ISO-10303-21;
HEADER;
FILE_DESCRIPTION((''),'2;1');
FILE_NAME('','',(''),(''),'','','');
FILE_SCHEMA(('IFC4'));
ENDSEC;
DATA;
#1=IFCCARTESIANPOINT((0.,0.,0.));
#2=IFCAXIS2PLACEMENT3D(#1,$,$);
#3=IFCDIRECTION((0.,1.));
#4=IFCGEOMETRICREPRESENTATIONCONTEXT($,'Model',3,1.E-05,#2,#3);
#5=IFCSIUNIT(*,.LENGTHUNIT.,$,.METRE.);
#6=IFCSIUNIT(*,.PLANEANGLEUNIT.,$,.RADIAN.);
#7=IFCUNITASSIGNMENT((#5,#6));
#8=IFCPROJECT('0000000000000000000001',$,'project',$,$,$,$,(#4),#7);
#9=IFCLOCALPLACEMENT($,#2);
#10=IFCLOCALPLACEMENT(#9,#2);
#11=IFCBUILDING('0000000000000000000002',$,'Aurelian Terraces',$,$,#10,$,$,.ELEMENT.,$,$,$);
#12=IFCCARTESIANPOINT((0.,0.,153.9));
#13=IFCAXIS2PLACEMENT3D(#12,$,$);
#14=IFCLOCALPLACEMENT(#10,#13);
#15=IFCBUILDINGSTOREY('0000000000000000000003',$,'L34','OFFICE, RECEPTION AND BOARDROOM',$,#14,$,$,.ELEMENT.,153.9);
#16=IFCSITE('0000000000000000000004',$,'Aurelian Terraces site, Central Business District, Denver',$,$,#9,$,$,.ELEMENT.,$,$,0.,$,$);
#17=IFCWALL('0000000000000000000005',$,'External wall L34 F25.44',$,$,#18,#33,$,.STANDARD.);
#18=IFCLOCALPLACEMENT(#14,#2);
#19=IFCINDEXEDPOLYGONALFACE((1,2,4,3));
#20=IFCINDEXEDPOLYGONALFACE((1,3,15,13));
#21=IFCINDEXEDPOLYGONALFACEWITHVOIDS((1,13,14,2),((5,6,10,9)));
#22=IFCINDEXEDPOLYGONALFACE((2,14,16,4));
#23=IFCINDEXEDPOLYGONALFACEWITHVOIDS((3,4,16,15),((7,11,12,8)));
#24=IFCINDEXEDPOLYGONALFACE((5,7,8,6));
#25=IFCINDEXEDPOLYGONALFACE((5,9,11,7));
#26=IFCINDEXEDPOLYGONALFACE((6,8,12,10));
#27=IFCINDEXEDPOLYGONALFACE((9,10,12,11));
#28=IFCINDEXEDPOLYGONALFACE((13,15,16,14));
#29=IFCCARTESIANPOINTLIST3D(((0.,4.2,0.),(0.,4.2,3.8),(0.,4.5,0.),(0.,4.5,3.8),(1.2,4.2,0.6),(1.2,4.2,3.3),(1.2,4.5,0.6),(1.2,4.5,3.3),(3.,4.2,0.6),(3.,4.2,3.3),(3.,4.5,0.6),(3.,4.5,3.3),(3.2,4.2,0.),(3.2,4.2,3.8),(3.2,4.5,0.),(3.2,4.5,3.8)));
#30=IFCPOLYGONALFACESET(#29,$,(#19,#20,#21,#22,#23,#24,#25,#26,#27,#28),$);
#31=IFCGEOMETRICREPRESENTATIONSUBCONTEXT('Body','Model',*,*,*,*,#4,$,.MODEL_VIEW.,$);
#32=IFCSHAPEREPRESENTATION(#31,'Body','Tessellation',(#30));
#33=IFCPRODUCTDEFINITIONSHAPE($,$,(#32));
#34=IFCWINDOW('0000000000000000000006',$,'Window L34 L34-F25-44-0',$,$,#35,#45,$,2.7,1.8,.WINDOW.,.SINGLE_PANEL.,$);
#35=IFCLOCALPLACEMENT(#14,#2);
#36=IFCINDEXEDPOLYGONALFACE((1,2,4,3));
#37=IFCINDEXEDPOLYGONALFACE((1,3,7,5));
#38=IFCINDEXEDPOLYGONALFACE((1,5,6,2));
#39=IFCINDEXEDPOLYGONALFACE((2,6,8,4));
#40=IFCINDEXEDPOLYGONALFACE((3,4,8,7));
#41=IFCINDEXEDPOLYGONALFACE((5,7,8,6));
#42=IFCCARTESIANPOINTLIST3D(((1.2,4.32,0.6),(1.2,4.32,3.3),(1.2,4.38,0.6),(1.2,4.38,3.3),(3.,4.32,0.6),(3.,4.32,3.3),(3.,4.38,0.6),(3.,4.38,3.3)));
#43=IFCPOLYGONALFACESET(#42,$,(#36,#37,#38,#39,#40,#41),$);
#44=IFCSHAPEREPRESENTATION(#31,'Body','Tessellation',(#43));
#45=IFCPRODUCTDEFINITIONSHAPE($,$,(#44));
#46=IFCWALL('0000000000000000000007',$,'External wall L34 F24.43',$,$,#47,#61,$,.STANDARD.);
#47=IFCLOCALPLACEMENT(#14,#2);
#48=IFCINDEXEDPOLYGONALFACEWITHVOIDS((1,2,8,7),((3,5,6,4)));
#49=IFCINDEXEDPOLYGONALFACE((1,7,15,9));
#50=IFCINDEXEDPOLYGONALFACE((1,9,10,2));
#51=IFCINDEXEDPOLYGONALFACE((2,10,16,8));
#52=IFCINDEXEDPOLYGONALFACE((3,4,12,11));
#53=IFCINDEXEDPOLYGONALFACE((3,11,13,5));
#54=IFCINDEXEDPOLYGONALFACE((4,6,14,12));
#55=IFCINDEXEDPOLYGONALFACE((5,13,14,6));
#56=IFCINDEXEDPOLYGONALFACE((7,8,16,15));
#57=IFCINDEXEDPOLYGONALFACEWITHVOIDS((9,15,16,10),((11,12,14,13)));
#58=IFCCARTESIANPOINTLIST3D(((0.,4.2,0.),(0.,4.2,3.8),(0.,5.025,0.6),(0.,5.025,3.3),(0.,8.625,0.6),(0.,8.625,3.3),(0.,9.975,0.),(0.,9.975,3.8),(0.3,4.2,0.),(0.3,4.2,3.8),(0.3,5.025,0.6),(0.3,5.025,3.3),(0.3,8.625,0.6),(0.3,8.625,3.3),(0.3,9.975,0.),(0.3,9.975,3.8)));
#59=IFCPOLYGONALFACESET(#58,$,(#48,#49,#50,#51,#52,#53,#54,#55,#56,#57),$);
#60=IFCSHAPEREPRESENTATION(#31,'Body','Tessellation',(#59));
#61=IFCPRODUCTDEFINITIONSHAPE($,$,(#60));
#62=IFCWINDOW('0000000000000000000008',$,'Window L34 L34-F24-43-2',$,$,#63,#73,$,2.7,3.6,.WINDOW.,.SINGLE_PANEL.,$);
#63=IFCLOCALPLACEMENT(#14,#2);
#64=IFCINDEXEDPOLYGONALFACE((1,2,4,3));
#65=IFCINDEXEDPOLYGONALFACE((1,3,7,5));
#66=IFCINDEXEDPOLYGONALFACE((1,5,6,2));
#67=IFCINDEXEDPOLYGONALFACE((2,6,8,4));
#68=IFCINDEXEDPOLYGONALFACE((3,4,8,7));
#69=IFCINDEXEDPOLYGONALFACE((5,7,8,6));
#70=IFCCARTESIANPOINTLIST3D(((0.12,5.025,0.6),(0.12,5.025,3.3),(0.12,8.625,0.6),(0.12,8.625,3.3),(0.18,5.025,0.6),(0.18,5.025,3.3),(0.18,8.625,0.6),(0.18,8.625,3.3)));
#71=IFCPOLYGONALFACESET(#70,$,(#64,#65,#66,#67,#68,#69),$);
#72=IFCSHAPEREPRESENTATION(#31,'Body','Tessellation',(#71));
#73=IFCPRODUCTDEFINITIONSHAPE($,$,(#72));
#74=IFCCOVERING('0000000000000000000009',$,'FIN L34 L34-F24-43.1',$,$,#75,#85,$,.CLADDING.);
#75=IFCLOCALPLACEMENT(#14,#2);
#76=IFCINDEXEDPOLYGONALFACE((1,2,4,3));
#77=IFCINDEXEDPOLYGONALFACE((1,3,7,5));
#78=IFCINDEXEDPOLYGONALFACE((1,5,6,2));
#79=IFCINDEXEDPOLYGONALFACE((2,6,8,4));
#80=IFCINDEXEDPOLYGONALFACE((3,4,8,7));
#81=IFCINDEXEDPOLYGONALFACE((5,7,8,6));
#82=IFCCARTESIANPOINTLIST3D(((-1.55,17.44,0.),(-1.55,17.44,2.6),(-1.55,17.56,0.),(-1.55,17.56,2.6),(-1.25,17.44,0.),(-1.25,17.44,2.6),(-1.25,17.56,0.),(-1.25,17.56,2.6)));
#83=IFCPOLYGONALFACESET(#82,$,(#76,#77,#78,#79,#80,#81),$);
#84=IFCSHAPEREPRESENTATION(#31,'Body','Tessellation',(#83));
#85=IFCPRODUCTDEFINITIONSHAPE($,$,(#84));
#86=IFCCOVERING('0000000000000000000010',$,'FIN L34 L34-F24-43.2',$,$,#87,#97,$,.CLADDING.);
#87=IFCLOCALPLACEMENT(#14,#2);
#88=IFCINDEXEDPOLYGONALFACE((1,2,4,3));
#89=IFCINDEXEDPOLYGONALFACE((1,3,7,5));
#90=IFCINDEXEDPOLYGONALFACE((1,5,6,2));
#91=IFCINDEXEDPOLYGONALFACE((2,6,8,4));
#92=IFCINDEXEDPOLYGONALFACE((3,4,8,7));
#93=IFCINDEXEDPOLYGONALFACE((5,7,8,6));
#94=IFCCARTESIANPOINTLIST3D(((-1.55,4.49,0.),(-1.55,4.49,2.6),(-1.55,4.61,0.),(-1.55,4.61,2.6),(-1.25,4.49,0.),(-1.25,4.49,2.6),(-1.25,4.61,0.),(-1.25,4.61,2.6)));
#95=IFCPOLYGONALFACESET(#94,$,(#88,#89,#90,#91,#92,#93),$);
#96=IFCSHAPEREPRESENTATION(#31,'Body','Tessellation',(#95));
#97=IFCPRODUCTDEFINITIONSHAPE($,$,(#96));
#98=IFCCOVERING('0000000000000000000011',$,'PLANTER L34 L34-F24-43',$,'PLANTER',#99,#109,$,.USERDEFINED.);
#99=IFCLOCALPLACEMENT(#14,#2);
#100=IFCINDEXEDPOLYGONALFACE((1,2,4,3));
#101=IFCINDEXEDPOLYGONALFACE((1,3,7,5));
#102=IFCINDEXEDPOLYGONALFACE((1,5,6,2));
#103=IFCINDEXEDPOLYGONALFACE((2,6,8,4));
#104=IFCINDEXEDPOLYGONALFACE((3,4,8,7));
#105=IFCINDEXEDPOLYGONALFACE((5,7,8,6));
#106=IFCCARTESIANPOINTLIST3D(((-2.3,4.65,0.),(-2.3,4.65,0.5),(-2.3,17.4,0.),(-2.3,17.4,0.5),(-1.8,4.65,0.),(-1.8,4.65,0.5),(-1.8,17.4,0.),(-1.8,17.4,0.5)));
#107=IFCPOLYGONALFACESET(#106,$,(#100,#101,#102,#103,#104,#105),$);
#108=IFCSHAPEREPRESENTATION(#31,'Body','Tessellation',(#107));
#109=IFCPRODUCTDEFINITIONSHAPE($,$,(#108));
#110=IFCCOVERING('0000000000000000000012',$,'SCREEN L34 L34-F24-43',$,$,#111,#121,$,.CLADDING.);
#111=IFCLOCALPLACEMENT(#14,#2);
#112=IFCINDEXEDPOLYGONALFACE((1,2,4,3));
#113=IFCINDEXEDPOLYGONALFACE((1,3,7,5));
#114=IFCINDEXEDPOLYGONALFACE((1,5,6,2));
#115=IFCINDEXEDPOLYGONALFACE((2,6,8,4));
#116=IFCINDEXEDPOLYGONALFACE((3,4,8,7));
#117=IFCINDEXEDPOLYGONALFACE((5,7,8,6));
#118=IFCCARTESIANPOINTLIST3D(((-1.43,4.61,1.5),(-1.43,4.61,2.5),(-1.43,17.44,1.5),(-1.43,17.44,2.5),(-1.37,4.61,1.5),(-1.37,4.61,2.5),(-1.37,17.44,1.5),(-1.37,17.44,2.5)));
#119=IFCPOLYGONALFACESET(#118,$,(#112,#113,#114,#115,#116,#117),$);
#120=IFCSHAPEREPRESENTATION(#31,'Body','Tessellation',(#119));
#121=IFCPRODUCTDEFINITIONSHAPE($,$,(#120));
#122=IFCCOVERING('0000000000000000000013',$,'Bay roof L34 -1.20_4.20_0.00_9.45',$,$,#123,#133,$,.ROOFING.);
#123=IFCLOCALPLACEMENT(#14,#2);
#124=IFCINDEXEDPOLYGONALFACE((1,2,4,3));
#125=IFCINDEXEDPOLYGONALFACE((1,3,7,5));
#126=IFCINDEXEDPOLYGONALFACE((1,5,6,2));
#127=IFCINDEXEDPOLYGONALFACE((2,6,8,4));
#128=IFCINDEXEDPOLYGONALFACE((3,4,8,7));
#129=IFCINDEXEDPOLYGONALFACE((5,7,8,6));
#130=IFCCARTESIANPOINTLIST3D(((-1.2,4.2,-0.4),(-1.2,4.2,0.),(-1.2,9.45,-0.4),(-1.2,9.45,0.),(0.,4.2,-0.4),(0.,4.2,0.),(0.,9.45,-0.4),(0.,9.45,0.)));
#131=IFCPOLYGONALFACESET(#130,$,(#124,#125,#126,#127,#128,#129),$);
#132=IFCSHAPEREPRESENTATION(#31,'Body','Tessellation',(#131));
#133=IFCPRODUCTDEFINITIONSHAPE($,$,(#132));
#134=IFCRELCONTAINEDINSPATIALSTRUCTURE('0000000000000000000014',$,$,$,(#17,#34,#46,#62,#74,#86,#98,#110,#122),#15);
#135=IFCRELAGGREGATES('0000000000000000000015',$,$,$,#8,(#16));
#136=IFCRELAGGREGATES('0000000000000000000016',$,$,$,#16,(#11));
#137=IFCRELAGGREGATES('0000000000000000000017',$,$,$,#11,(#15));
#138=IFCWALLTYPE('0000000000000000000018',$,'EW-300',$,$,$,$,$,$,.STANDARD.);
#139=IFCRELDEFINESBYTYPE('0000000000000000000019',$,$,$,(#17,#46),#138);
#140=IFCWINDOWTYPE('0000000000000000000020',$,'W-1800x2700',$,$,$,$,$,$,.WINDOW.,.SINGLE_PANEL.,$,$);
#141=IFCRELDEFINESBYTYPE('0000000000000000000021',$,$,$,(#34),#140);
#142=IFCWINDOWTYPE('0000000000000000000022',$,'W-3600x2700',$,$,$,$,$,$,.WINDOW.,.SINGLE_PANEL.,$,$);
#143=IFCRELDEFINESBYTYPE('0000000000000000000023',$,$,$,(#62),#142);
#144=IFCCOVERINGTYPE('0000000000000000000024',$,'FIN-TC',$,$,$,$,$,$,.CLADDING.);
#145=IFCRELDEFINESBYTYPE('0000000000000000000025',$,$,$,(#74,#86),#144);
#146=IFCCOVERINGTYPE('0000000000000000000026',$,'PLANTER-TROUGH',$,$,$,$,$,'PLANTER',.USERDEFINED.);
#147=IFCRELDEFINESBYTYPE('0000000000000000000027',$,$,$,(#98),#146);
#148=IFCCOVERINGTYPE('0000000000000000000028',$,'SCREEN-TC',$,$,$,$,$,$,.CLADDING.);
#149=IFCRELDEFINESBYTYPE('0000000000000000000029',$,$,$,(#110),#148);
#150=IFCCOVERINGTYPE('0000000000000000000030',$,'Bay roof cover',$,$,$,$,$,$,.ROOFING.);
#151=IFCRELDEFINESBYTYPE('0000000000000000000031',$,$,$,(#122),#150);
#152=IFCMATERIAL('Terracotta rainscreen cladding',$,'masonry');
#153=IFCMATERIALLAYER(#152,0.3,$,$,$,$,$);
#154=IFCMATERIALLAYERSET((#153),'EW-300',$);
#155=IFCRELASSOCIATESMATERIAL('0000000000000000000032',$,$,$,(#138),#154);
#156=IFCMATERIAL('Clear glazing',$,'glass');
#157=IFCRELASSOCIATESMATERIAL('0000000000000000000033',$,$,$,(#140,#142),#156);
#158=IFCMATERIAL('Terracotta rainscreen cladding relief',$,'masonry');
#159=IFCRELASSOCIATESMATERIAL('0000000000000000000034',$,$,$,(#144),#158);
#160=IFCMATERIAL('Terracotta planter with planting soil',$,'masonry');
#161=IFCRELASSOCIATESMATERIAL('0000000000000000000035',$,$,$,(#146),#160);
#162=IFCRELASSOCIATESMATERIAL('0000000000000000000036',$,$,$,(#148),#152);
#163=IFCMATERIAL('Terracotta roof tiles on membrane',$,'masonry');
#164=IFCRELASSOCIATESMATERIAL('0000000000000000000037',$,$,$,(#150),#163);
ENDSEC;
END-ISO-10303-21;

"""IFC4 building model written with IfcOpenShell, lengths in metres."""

from ifc_helpers import new_model, si_unit, direction, frame, frame_2d, origin, origin_2d, place, context, subcontext, project, spatial, polyline, rectangle, outline, extrude, source, transform, mapped, material, layer, layer_set, type_object, element, fill, save


model = new_model("IFC4")

# Units and contexts
model_context = context("Model", 3, precision=1e-05, world=origin(), true_north=direction((0.0, 1.0)))
body_context = subcontext(model_context, "Body", "Model", "MODEL_VIEW")
ifc_project = project(units=[si_unit("LENGTHUNIT", "METRE"), si_unit("PLANEANGLEUNIT", "RADIAN")], contexts=[model_context])

# Site, building, storey
site_placement = place(None, origin())
site = spatial("IfcSite", under=ifc_project, at=site_placement, Name="Aurelian Terraces site, Central Business District, Denver", CompositionType="ELEMENT", RefElevation=0.0)
building_placement = place(site_placement, origin())
building = spatial("IfcBuilding", under=site, at=building_placement, Name="Aurelian Terraces", CompositionType="ELEMENT")
storey_placement = place(building_placement, frame((0.0, 0.0, 153.9)))
storey = spatial("IfcBuildingStorey", under=building, at=storey_placement, Name="L34", Description="OFFICE, RECEPTION AND BOARDROOM", CompositionType="ELEMENT", Elevation=153.9)

# Walls, openings, windows
ifc_material_1 = material(Name="Terracotta rainscreen cladding", Category="masonry")
ifc_layer_1 = layer(ifc_material_1, 0.3)
ifc_layer_set_1 = layer_set([ifc_layer_1], Name="EW-300")
wall_type_1 = type_object("IfcWallType", Name="EW-300", PredefinedType="STANDARD", material=ifc_layer_set_1)
shared_shape_1 = source(origin(), body_context, "Body", "SweptSolid", [
    extrude(rectangle(XDim=3.2, YDim=0.3, at=frame_2d((1.6, 0.0))), origin(), (0.0, 0.0, 1.0), 3.8),
])
wall_1_placement = place(storey_placement, frame((0.0, 4.35, 0.0), z_axis=(0.0, 0.0, 1.0), x_axis=(1.0, 0.0, 0.0)))
wall_1 = element("IfcWall", 1, at=wall_1_placement, inside=storey, type_object=wall_type_1, Name="External wall L34 F25.44", PredefinedType="STANDARD", context=body_context, shape_type="MappedRepresentation", body=[
    mapped(shared_shape_1, transform((0.0, 0.0, 0.0), scale=1.0)),
])
shared_shape_2 = source(origin(), body_context, "Body", "SweptSolid", [
    extrude(rectangle(XDim=1.8, YDim=2.7, at=frame_2d((0.9, 1.35))), frame((0.0, 0.16, 0.0), z_axis=(0.0, -1.0, 0.0), x_axis=(1.0, 0.0, 0.0)), (0.0, 0.0, 1.0), 0.32),
])
opening_1_placement = place(wall_1_placement, frame((1.2, 0.0, 0.6)))
opening_1 = element("IfcOpeningElement", 2, at=opening_1_placement, cuts=wall_1, PredefinedType="OPENING", context=body_context, shape_type="MappedRepresentation", body=[
    mapped(shared_shape_2, transform((0.0, 0.0, 0.0), scale=1.0)),
])
ifc_material_2 = material(Name="Clear glazing", Category="glass")
window_type_1 = type_object("IfcWindowType", Name="W-1800x2700", PartitioningType="SINGLE_PANEL", PredefinedType="WINDOW", material=ifc_material_2)
shared_shape_3 = source(origin(), body_context, "Body", "SweptSolid", [
    extrude(rectangle(XDim=1.8, YDim=2.7, at=frame_2d((0.9, 1.35))), frame((0.0, 0.03, 0.0), z_axis=(0.0, -1.0, 0.0), x_axis=(1.0, 0.0, 0.0)), (0.0, 0.0, 1.0), 0.06),
])
window_1_placement = place(opening_1_placement, origin())
window_1 = element("IfcWindow", 3, at=window_1_placement, inside=storey, type_object=window_type_1, Name="Window L34 L34-F25-44-0", OverallHeight=2.7, OverallWidth=1.8, PartitioningType="SINGLE_PANEL", PredefinedType="WINDOW", context=body_context, shape_type="MappedRepresentation", body=[
    mapped(shared_shape_3, transform((0.0, 0.0, 0.0), scale=1.0)),
])
fill(opening_1, window_1)
shared_shape_4 = source(origin(), body_context, "Body", "SweptSolid", [
    extrude(rectangle(XDim=5.775, YDim=0.3, at=frame_2d((2.8875, 0.0))), origin(), (0.0, 0.0, 1.0), 3.8),
])
wall_2_placement = place(storey_placement, frame((0.15, 9.975, 0.0), z_axis=(0.0, 0.0, 1.0), x_axis=(0.0, -1.0, 0.0)))
wall_2 = element("IfcWall", 4, at=wall_2_placement, inside=storey, type_object=wall_type_1, Name="External wall L34 F24.43", PredefinedType="STANDARD", context=body_context, shape_type="MappedRepresentation", body=[
    mapped(shared_shape_4, transform((0.0, 0.0, 0.0), scale=1.0)),
])
shared_shape_5 = source(origin(), body_context, "Body", "SweptSolid", [
    extrude(rectangle(XDim=3.6, YDim=2.7, at=frame_2d((1.8, 1.35))), frame((0.0, 0.16, 0.0), z_axis=(0.0, -1.0, 0.0), x_axis=(1.0, 0.0, 0.0)), (0.0, 0.0, 1.0), 0.32),
])
opening_2_placement = place(wall_2_placement, frame((1.35, 0.0, 0.6)))
opening_2 = element("IfcOpeningElement", 5, at=opening_2_placement, cuts=wall_2, PredefinedType="OPENING", context=body_context, shape_type="MappedRepresentation", body=[
    mapped(shared_shape_5, transform((0.0, 0.0, 0.0), scale=1.0)),
])
window_type_2 = type_object("IfcWindowType", Name="W-3600x2700", PartitioningType="SINGLE_PANEL", PredefinedType="WINDOW", material=ifc_material_2)
shared_shape_6 = source(origin(), body_context, "Body", "SweptSolid", [
    extrude(rectangle(XDim=3.6, YDim=2.7, at=frame_2d((1.8, 1.35))), frame((0.0, 0.03, 0.0), z_axis=(0.0, -1.0, 0.0), x_axis=(1.0, 0.0, 0.0)), (0.0, 0.0, 1.0), 0.06),
])
window_2_placement = place(opening_2_placement, origin())
window_2 = element("IfcWindow", 6, at=window_2_placement, inside=storey, type_object=window_type_2, Name="Window L34 L34-F24-43-2", OverallHeight=2.7, OverallWidth=3.6, PartitioningType="SINGLE_PANEL", PredefinedType="WINDOW", context=body_context, shape_type="MappedRepresentation", body=[
    mapped(shared_shape_6, transform((0.0, 0.0, 0.0), scale=1.0)),
])
fill(opening_2, window_2)

# Coverings
ifc_material_3 = material(Name="Terracotta rainscreen cladding relief", Category="masonry")
covering_type_1 = type_object("IfcCoveringType", Name="FIN-TC", PredefinedType="CLADDING", material=ifc_material_3)
shared_shape_7 = source(origin(), body_context, "Body", "SweptSolid", [
    extrude(rectangle(XDim=0.3, YDim=0.12, at=origin_2d()), origin(), (0.0, 0.0, 1.0), 2.6),
])
for number, where, z_axis, x_axis, name in (
    (7, (-1.4, 17.5, 0.0), (0.0, 0.0, 1.0), (1.0, 0.0, 0.0), "FIN L34 L34-F24-43.1"),
    (8, (-1.4, 4.55, 0.0), (0.0, 0.0, 1.0), (1.0, 0.0, 0.0), "FIN L34 L34-F24-43.2"),
):
    element("IfcCovering", number, at=place(storey_placement, frame(where, z_axis=z_axis, x_axis=x_axis)), inside=storey, type_object=covering_type_1, Name=name, PredefinedType="CLADDING", context=body_context, shape_type="MappedRepresentation", body=[
        mapped(shared_shape_7, transform((0.0, 0.0, 0.0), scale=1.0)),
    ])

# Coverings
ifc_material_4 = material(Name="Terracotta planter with planting soil", Category="masonry")
covering_type_2 = type_object("IfcCoveringType", Name="PLANTER-TROUGH", ElementType="PLANTER", PredefinedType="USERDEFINED", material=ifc_material_4)
shared_shape_8 = source(origin(), body_context, "Body", "SweptSolid", [
    extrude(rectangle(XDim=0.5, YDim=12.75, at=origin_2d()), origin(), (0.0, 0.0, 1.0), 0.5),
])
covering_1_placement = place(storey_placement, frame((-2.05, 11.025, 0.0), z_axis=(0.0, 0.0, 1.0), x_axis=(1.0, 0.0, 0.0)))
element("IfcCovering", 9, at=covering_1_placement, inside=storey, type_object=covering_type_2, Name="PLANTER L34 L34-F24-43", ObjectType="PLANTER", PredefinedType="USERDEFINED", context=body_context, shape_type="MappedRepresentation", body=[
    mapped(shared_shape_8, transform((0.0, 0.0, 0.0), scale=1.0)),
])
covering_type_3 = type_object("IfcCoveringType", Name="SCREEN-TC", PredefinedType="CLADDING", material=ifc_material_1)
shared_shape_9 = source(origin(), body_context, "Body", "SweptSolid", [
    extrude(rectangle(XDim=0.06, YDim=12.83, at=origin_2d()), origin(), (0.0, 0.0, 1.0), 1.0),
])
covering_2_placement = place(storey_placement, frame((-1.4, 11.025, 1.5), z_axis=(0.0, 0.0, 1.0), x_axis=(1.0, 0.0, 0.0)))
element("IfcCovering", 10, at=covering_2_placement, inside=storey, type_object=covering_type_3, Name="SCREEN L34 L34-F24-43", PredefinedType="CLADDING", context=body_context, shape_type="MappedRepresentation", body=[
    mapped(shared_shape_9, transform((0.0, 0.0, 0.0), scale=1.0)),
])
ifc_material_5 = material(Name="Terracotta roof tiles on membrane", Category="masonry")
covering_type_4 = type_object("IfcCoveringType", Name="Bay roof cover", PredefinedType="ROOFING", material=ifc_material_5)
shared_shape_10 = source(origin(), body_context, "Body", "SweptSolid", [
    extrude(outline(polyline([(0.0, 4.2), (-1.2, 4.2), (-1.2, 9.45), (0.0, 9.45), (0.0, 4.2)])), origin(), (0.0, 0.0, 1.0), 0.4),
])
covering_3_placement = place(storey_placement, frame((0.0, 0.0, -0.4)))
element("IfcCovering", 11, at=covering_3_placement, inside=storey, type_object=covering_type_4, Name="Bay roof L34 -1.20_4.20_0.00_9.45", PredefinedType="ROOFING", context=body_context, shape_type="MappedRepresentation", body=[
    mapped(shared_shape_10, transform((0.0, 0.0, 0.0), scale=1.0)),
])

save(model, "model.ifc")
